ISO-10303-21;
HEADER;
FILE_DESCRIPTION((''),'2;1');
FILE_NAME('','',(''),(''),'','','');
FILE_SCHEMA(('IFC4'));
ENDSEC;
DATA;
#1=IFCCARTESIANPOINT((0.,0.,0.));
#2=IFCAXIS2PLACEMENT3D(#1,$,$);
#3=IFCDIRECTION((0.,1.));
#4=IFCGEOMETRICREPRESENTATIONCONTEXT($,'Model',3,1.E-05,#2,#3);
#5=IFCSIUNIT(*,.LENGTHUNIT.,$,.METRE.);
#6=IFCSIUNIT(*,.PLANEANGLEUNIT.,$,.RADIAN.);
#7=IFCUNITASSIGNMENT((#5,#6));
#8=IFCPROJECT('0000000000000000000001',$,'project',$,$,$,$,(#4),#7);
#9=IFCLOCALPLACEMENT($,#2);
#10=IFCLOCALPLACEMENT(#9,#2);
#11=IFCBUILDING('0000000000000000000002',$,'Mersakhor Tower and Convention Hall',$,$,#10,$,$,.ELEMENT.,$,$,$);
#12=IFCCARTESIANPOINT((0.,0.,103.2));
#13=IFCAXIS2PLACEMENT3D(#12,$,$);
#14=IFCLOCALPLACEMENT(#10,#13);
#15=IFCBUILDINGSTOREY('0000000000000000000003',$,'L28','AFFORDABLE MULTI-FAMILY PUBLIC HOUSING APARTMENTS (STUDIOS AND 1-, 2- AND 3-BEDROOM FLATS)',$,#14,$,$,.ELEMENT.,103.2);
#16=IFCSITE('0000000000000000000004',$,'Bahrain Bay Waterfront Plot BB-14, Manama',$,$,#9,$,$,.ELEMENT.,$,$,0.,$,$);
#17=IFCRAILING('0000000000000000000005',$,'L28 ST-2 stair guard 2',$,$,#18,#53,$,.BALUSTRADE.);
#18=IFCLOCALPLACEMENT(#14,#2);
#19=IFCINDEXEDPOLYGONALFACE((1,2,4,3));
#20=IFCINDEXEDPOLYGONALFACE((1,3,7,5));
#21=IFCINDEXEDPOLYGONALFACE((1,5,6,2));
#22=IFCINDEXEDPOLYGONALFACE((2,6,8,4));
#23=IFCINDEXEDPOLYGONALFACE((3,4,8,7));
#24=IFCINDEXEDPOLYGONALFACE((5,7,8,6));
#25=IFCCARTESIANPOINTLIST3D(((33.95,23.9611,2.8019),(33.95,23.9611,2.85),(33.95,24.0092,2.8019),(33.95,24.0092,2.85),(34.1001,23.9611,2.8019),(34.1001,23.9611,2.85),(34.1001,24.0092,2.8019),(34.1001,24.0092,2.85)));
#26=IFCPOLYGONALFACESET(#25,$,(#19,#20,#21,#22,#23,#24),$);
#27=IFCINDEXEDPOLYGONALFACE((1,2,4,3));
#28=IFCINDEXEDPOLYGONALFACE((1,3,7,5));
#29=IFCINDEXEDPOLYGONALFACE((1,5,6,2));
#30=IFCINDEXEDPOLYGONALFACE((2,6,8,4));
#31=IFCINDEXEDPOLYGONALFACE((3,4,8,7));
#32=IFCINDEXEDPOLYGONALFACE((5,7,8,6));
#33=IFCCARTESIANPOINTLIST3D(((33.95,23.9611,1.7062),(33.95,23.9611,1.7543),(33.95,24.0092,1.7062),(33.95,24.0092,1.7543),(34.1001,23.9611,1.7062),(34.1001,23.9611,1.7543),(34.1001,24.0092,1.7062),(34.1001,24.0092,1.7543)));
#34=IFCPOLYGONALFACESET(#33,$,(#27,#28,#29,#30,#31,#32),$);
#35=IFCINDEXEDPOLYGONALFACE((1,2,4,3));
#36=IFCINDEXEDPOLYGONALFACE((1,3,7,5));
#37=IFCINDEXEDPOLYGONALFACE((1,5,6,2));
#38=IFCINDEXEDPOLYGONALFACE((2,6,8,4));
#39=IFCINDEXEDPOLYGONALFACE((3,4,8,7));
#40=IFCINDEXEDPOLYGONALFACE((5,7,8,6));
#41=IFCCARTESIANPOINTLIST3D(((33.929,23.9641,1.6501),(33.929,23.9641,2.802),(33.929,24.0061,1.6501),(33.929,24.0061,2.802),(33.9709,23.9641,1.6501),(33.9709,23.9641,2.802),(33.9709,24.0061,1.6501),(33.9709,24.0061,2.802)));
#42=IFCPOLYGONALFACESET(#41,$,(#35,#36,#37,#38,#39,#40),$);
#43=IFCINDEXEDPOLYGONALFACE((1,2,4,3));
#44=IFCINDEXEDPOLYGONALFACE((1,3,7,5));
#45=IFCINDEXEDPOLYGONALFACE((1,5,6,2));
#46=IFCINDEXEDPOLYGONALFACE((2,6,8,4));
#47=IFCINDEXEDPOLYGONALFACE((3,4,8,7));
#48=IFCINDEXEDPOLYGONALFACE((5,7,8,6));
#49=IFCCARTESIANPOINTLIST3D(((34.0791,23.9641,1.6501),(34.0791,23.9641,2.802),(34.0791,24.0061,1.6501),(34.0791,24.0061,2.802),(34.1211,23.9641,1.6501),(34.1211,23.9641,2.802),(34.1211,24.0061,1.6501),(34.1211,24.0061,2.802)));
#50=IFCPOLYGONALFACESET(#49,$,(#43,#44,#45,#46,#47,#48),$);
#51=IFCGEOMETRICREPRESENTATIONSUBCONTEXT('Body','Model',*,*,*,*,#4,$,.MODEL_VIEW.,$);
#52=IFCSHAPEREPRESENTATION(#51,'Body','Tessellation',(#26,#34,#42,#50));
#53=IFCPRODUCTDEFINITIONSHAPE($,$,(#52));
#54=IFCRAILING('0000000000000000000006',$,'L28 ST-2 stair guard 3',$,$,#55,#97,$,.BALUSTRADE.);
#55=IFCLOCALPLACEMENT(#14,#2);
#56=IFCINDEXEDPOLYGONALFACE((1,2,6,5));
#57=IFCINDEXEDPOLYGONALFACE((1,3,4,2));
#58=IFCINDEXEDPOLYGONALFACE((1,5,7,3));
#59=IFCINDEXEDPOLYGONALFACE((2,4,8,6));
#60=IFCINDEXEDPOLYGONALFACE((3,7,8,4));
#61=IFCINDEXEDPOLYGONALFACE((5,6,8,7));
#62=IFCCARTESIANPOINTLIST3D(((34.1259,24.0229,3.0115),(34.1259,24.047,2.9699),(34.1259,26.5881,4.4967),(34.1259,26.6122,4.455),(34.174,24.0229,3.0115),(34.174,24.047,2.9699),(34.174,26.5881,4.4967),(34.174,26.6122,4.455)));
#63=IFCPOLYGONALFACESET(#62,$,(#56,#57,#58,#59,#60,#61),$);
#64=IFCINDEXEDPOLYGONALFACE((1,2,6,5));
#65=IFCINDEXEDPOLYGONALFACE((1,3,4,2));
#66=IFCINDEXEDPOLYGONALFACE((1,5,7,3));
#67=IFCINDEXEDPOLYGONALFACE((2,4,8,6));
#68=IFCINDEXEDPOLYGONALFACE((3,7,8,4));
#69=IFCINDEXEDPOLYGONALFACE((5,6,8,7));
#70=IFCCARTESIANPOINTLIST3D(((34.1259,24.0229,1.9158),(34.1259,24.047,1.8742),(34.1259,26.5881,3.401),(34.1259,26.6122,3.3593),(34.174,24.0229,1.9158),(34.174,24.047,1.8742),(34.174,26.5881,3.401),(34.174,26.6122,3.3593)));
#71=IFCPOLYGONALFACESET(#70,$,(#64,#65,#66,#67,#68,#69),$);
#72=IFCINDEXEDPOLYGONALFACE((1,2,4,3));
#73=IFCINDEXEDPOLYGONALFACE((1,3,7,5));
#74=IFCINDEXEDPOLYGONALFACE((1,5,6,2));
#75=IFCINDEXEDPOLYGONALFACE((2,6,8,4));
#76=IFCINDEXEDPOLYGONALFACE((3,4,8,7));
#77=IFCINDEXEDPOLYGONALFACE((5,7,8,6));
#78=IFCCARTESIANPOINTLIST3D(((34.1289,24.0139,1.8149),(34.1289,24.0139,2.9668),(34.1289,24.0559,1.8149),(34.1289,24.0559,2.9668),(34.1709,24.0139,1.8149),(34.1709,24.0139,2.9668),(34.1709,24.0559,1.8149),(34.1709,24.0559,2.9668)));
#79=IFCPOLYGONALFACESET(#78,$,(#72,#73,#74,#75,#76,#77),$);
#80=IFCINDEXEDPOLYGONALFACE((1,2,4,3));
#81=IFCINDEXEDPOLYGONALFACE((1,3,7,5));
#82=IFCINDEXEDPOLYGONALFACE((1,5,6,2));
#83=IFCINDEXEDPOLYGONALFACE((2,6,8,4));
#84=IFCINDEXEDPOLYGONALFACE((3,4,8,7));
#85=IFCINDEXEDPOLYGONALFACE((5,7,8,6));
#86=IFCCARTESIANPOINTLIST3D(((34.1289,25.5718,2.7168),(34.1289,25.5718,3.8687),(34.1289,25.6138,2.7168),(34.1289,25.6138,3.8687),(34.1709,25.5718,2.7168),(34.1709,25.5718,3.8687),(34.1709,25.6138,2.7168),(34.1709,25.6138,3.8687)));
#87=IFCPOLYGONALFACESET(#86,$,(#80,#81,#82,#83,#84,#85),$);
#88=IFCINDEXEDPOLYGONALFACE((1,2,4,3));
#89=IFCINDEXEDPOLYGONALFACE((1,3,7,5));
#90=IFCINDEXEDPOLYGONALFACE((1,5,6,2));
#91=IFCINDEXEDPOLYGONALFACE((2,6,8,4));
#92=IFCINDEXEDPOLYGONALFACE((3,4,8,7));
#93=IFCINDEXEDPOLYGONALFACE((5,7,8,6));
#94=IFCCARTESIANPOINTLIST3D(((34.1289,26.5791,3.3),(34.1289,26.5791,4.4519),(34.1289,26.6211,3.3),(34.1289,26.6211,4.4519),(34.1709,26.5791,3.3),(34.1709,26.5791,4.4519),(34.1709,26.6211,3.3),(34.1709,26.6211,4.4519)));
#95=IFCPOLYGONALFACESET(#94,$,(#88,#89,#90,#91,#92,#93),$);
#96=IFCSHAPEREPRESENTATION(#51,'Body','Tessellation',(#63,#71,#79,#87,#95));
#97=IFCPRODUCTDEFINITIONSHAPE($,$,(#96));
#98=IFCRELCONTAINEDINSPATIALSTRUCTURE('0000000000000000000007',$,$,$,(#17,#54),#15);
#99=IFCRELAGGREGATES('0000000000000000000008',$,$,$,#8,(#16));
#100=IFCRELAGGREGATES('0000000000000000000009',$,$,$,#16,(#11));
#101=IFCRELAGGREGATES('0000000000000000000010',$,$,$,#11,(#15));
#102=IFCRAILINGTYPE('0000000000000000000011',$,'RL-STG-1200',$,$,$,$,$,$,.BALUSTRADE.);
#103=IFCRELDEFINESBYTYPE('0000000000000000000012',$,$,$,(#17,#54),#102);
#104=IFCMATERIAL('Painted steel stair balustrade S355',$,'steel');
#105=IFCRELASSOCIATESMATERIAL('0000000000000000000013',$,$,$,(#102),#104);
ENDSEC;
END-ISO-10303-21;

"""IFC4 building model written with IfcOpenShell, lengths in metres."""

from ifc_helpers import new_model, si_unit, direction, frame, origin, origin_2d, place, context, subcontext, project, spatial, rectangle, extrude, material, type_object, element, save


model = new_model("IFC4")

# Units and contexts
model_context = context("Model", 3, precision=1e-05, world=origin(), true_north=direction((0.0, 1.0)))
body_context = subcontext(model_context, "Body", "Model", "MODEL_VIEW")
ifc_project = project(units=[si_unit("LENGTHUNIT", "METRE"), si_unit("PLANEANGLEUNIT", "RADIAN")], contexts=[model_context])

# Site, building, storey
site_placement = place(None, origin())
site = spatial("IfcSite", under=ifc_project, at=site_placement, Name="Bahrain Bay Waterfront Plot BB-14, Manama", CompositionType="ELEMENT", RefElevation=0.0)
building_placement = place(site_placement, origin())
building = spatial("IfcBuilding", under=site, at=building_placement, Name="Mersakhor Tower and Convention Hall", CompositionType="ELEMENT")
storey_placement = place(building_placement, frame((0.0, 0.0, 103.2)))
storey = spatial("IfcBuildingStorey", under=building, at=storey_placement, Name="L28", Description="AFFORDABLE MULTI-FAMILY PUBLIC HOUSING APARTMENTS (STUDIOS AND 1-, 2- AND 3-BEDROOM FLATS)", CompositionType="ELEMENT", Elevation=103.2)

# Railings
ifc_material_1 = material(Name="Painted steel stair balustrade S355", Category="steel")
railing_type_1 = type_object("IfcRailingType", Name="RL-STG-1200", PredefinedType="BALUSTRADE", material=ifc_material_1)
railing_1_placement = place(storey_placement, frame((33.95, 23.9851, 1.6501)))
element("IfcRailing", 1, at=railing_1_placement, inside=storey, type_object=railing_type_1, Name="L28 ST-2 stair guard 2", PredefinedType="BALUSTRADE", context=body_context, shape_type="SweptSolid", body=[
    extrude(rectangle(XDim=0.0481, YDim=0.0481, at=origin_2d()), frame((0.0, 0.0, 1.1758), z_axis=(1.0, 0.0, 0.0), x_axis=(0.0, 1.0, 0.0)), (0.0, 0.0, 1.0), 0.1501),
    extrude(rectangle(XDim=0.0481, YDim=0.0481, at=origin_2d()), frame((0.0, 0.0, 0.0801), z_axis=(1.0, 0.0, 0.0), x_axis=(0.0, 1.0, 0.0)), (0.0, 0.0, 1.0), 0.1501),
    extrude(rectangle(XDim=0.042, YDim=0.042, at=origin_2d()), origin(), (0.0, 0.0, 1.0), 1.1519),
    extrude(rectangle(XDim=0.042, YDim=0.042, at=origin_2d()), frame((0.1501, 0.0, 0.0)), (0.0, 0.0, 1.0), 1.1519),
])
railing_2_placement = place(storey_placement, frame((34.1499, 24.0349, 1.8149)))
element("IfcRailing", 2, at=railing_2_placement, inside=storey, type_object=railing_type_1, Name="L28 ST-2 stair guard 3", PredefinedType="BALUSTRADE", context=body_context, shape_type="SweptSolid", body=[
    extrude(rectangle(XDim=0.0481, YDim=0.0481, at=origin_2d()), frame((0.0, 0.0, 1.1758), z_axis=(0.0, 0.865426, 0.501036), x_axis=(-1.0, 0.0, 0.0)), (0.0, 0.0, 1.0), 2.9641),
    extrude(rectangle(XDim=0.0481, YDim=0.0481, at=origin_2d()), frame((0.0, 0.0, 0.0801), z_axis=(0.0, 0.865426, 0.501036), x_axis=(-1.0, 0.0, 0.0)), (0.0, 0.0, 1.0), 2.9641),
    extrude(rectangle(XDim=0.042, YDim=0.042, at=origin_2d()), origin(), (0.0, 0.0, 1.0), 1.1519),
    extrude(rectangle(XDim=0.042, YDim=0.042, at=origin_2d()), frame((0.0, 1.5579, 0.9019)), (0.0, 0.0, 1.0), 1.1519),
    extrude(rectangle(XDim=0.042, YDim=0.042, at=origin_2d()), frame((0.0, 2.5652, 1.4851)), (0.0, 0.0, 1.0), 1.1519),
])

save(model, "model.ifc")
